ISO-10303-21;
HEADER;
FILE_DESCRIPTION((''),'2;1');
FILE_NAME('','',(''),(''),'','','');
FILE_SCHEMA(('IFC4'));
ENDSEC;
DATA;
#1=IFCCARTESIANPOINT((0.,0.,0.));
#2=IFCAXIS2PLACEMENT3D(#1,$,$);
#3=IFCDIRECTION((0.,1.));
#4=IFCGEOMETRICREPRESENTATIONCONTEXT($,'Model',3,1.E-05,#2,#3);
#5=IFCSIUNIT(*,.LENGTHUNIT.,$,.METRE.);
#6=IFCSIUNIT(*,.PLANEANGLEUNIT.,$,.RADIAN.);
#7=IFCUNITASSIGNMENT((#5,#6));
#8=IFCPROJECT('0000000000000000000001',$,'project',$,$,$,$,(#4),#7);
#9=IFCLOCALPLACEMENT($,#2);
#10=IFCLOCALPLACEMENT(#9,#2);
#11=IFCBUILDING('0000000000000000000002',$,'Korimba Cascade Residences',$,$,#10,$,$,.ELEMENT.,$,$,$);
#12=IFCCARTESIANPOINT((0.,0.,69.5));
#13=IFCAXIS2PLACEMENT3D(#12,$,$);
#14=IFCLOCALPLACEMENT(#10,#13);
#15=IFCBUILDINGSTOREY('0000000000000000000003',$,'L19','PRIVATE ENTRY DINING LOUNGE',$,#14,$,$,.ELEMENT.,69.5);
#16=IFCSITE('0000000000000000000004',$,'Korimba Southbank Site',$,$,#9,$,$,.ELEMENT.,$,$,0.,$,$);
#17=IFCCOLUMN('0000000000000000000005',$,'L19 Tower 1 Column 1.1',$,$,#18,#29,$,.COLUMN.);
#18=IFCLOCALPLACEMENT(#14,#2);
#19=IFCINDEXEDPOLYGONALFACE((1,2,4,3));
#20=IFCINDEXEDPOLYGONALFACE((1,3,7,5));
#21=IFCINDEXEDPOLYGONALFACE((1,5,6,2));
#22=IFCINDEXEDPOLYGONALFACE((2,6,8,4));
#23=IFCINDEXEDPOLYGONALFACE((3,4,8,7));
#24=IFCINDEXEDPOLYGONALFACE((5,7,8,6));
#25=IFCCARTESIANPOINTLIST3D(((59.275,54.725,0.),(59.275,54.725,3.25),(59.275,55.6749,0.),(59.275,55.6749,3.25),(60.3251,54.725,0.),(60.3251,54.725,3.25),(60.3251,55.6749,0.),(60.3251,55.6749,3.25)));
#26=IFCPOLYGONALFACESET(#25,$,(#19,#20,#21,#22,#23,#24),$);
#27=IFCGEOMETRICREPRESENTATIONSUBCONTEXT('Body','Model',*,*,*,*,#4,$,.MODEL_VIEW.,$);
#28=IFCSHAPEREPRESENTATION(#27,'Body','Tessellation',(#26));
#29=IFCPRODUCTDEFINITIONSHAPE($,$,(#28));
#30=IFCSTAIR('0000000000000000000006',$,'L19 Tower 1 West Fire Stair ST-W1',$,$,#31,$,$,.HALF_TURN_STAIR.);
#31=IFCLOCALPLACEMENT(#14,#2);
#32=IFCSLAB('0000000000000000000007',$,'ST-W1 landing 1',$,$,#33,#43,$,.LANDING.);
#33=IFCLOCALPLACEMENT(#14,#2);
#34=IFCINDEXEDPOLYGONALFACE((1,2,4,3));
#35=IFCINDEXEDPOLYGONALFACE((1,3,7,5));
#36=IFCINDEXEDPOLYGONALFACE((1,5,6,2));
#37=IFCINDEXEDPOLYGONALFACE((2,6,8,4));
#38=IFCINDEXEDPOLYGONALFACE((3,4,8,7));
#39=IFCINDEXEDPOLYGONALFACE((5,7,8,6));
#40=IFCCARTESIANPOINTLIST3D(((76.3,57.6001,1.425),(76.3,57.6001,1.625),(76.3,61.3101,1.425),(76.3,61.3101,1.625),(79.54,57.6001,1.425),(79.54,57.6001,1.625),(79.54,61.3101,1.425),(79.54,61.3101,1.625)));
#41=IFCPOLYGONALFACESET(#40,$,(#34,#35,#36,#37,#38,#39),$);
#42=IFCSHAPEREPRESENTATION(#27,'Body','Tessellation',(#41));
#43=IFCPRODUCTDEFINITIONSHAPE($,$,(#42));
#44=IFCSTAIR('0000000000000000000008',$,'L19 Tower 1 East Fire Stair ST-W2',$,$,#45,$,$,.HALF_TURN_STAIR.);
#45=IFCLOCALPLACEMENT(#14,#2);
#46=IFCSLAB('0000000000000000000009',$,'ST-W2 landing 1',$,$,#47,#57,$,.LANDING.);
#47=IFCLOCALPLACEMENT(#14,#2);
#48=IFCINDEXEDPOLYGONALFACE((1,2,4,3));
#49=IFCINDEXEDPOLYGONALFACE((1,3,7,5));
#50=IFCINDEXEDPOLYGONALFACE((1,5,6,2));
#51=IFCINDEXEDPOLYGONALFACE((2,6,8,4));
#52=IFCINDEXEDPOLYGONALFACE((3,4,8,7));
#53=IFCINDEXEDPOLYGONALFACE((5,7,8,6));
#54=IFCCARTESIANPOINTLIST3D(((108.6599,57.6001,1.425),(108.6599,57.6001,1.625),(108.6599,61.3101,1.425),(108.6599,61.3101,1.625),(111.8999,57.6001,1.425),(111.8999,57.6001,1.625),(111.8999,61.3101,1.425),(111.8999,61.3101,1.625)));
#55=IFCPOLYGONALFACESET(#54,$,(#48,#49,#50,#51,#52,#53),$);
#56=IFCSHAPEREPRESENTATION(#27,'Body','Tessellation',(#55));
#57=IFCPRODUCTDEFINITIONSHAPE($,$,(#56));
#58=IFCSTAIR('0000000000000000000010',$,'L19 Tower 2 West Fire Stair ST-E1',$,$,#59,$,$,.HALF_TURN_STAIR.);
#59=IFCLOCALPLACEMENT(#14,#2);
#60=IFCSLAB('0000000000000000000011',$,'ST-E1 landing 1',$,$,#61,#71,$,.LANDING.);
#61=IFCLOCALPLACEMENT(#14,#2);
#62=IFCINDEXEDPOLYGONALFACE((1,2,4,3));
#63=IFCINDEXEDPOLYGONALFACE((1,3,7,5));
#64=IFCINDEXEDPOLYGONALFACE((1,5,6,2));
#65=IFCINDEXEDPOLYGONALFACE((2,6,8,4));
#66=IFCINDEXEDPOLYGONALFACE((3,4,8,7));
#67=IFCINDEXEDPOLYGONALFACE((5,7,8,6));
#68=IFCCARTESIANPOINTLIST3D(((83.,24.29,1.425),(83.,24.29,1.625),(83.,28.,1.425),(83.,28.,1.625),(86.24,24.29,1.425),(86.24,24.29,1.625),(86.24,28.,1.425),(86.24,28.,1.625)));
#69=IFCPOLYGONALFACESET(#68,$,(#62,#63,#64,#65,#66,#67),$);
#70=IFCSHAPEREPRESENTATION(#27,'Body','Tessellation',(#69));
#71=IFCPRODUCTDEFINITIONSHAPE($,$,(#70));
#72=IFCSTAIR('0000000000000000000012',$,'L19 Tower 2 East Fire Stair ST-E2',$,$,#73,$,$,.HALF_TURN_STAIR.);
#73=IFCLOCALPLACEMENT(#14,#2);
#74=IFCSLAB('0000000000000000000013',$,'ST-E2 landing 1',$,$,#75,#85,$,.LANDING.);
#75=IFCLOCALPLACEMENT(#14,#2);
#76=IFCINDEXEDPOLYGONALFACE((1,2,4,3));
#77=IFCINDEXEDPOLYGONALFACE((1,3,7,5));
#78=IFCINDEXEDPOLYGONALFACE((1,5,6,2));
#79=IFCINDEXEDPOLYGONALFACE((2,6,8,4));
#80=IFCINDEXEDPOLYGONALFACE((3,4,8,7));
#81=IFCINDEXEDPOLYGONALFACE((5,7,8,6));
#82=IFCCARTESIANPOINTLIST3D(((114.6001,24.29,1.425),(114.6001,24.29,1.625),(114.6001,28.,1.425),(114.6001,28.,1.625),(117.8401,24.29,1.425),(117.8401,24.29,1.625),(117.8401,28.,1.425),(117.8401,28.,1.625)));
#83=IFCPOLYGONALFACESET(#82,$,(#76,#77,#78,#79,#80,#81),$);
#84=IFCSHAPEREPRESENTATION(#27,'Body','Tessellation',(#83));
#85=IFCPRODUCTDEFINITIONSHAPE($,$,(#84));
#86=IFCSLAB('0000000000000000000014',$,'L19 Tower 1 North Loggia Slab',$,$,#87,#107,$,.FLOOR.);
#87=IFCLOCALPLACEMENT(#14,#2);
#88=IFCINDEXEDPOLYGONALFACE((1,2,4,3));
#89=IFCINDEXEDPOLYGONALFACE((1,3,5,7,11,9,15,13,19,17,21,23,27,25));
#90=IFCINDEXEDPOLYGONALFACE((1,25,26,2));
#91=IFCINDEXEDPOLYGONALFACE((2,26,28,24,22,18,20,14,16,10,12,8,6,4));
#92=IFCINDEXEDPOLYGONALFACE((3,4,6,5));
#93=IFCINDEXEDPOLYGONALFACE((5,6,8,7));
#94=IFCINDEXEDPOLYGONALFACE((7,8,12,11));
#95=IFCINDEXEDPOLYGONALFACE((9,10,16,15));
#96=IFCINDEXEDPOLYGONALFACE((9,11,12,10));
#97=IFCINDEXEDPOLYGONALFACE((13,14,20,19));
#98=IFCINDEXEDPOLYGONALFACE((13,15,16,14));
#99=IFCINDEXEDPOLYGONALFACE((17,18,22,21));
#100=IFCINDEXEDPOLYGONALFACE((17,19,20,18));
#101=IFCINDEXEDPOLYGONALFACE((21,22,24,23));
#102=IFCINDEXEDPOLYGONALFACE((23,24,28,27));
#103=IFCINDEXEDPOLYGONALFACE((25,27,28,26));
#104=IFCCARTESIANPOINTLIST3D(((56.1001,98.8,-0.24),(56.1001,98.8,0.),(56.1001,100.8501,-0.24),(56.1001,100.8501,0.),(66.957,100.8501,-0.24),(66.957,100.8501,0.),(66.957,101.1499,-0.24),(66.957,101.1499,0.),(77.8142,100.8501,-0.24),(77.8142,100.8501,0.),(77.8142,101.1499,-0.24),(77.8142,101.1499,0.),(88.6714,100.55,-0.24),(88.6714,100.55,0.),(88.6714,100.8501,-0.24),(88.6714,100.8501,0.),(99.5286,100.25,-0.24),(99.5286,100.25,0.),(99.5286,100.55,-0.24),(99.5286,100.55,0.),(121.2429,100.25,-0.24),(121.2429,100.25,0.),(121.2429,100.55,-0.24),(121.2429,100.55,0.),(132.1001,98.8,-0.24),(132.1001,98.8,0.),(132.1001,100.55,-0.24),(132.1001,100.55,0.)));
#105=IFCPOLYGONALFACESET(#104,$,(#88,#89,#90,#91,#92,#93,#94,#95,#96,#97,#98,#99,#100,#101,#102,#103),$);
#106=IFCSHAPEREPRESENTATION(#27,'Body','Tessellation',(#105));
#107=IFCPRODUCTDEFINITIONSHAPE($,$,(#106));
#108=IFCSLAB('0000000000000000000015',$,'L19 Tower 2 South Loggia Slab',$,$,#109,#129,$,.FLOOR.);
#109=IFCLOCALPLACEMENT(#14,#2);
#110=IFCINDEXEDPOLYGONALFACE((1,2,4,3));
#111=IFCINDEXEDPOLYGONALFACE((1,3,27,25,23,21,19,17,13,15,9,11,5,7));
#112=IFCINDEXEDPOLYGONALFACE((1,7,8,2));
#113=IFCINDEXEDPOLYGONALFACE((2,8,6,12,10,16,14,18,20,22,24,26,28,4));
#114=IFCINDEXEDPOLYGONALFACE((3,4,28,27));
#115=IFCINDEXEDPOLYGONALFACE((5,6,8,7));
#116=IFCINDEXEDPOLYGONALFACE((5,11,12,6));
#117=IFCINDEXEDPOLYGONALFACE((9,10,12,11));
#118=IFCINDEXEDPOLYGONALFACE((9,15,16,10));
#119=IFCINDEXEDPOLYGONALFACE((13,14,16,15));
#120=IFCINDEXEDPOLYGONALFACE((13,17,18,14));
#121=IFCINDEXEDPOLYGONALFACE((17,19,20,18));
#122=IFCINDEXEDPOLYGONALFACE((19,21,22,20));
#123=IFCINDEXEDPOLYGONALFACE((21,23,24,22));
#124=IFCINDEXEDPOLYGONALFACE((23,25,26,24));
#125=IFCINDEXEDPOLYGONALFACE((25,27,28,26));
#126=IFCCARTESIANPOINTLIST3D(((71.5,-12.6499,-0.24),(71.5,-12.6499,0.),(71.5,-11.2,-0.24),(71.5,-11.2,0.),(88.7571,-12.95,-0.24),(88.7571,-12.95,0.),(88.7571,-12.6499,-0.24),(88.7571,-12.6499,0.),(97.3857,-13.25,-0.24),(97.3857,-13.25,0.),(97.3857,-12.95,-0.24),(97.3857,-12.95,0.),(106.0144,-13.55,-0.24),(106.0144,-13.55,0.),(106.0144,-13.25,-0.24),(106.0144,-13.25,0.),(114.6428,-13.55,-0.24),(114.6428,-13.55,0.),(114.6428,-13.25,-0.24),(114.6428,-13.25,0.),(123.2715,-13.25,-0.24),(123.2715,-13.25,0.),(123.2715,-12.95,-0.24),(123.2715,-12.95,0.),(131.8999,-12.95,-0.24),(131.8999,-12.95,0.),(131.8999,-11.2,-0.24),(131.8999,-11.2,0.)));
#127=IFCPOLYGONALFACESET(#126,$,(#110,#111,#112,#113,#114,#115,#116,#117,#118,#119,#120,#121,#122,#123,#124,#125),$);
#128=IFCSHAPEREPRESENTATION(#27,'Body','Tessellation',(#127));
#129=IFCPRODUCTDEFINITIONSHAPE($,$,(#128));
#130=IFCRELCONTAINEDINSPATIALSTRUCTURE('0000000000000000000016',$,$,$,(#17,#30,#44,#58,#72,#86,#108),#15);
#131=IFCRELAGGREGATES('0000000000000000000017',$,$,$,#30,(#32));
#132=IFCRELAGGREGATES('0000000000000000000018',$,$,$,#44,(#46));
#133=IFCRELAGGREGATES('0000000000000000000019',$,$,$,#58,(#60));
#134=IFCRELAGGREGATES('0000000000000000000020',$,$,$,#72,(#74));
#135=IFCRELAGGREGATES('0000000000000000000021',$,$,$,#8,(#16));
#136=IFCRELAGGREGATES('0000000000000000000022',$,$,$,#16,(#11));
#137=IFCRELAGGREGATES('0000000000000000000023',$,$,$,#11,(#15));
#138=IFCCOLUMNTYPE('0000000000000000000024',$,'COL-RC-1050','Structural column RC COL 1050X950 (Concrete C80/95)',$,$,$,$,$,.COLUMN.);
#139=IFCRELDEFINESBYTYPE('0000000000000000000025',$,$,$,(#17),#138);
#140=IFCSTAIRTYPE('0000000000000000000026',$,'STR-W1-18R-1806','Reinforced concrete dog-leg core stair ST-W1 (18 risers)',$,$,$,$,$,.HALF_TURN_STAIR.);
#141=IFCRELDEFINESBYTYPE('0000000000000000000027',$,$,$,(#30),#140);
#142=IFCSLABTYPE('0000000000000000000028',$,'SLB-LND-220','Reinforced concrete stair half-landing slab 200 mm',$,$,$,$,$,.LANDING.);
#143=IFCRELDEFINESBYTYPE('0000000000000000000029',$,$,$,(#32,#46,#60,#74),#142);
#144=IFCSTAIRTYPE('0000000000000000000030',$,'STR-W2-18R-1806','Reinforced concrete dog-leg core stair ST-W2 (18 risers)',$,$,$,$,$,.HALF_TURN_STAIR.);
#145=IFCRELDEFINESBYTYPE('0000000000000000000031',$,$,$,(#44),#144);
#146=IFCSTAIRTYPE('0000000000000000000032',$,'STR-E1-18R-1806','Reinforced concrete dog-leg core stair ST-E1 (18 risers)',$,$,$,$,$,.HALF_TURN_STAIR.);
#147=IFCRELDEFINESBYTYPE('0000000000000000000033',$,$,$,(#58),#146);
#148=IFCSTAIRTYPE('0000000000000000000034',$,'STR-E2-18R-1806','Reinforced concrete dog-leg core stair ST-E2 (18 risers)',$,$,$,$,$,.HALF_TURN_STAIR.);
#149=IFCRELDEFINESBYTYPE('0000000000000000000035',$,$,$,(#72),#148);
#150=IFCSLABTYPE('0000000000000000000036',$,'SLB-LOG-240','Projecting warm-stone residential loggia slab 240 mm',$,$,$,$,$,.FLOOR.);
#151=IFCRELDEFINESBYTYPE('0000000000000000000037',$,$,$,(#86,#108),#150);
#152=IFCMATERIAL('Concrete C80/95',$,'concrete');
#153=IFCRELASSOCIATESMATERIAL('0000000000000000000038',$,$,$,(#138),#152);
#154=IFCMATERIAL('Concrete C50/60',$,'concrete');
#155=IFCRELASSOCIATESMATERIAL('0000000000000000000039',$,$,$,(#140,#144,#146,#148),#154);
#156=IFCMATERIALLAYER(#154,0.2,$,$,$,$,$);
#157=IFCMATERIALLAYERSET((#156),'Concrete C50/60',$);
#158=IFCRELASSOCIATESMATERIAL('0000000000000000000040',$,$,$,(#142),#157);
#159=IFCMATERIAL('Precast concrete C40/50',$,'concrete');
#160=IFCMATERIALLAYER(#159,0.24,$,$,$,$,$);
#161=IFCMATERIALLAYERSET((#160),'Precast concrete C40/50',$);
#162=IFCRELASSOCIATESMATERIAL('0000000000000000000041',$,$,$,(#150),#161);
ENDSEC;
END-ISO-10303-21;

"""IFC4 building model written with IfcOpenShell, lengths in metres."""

from ifc_helpers import new_model, si_unit, direction, frame, origin, origin_2d, place, context, subcontext, project, spatial, polyline, rectangle, outline, extrude, material, layer, layer_set, material_profile, profile_set, type_object, element, aggregate, save


model = new_model("IFC4")

# Units and contexts
model_context = context("Model", 3, precision=1e-05, world=origin(), true_north=direction((0.0, 1.0)))
body_context = subcontext(model_context, "Body", "Model", "MODEL_VIEW")
ifc_project = project(units=[si_unit("LENGTHUNIT", "METRE"), si_unit("PLANEANGLEUNIT", "RADIAN")], contexts=[model_context])

# Site, building, storey
site_placement = place(None, origin())
site = spatial("IfcSite", under=ifc_project, at=site_placement, Name="Korimba Southbank Site", CompositionType="ELEMENT", RefElevation=0.0)
building_placement = place(site_placement, origin())
building = spatial("IfcBuilding", under=site, at=building_placement, Name="Korimba Cascade Residences", CompositionType="ELEMENT")
storey_placement = place(building_placement, frame((0.0, 0.0, 69.5)))
storey = spatial("IfcBuildingStorey", under=building, at=storey_placement, Name="L19", Description="PRIVATE ENTRY DINING LOUNGE", CompositionType="ELEMENT", Elevation=69.5)

# Column
ifc_material_1 = material(Name="Concrete C80/95", Category="concrete")
ifc_material_profile = material_profile(ifc_material_1, rectangle(XDim=1.05, YDim=0.95, at=origin_2d()), Name="Concrete C80/95")
ifc_profile_set = profile_set([ifc_material_profile], Name="Concrete C80/95")
column_type = type_object("IfcColumnType", Name="COL-RC-1050", Description="Structural column RC COL 1050X950 (Concrete C80/95)", PredefinedType="COLUMN", material=ifc_profile_set)
column_placement = place(storey_placement, frame((59.8, 55.2, 0.0), z_axis=(0.0, 0.0, 1.0), x_axis=(1.0, 0.0, 0.0)))
element("IfcColumn", 1, at=column_placement, inside=storey, type_object=column_type, Name="L19 Tower 1 Column 1.1", PredefinedType="COLUMN", context=body_context, shape_type="SweptSolid", body=[
    extrude(rectangle(XDim=1.05, YDim=0.95, at=origin_2d()), origin(), (0.0, 0.0, 1.0), 3.25),
])

# Stairs, slabs
ifc_material_2 = material(Name="Concrete C50/60", Category="concrete")
stair_type_1 = type_object("IfcStairType", Name="STR-W1-18R-1806", Description="Reinforced concrete dog-leg core stair ST-W1 (18 risers)", PredefinedType="HALF_TURN_STAIR", material=ifc_material_2)
stair_1_placement = place(storey_placement, origin())
stair_1 = element("IfcStair", 2, at=stair_1_placement, inside=storey, type_object=stair_type_1, Name="L19 Tower 1 West Fire Stair ST-W1", PredefinedType="HALF_TURN_STAIR")
ifc_layer_1 = layer(ifc_material_2, 0.2)
ifc_layer_set_1 = layer_set([ifc_layer_1], Name="Concrete C50/60")
slab_type_1 = type_object("IfcSlabType", Name="SLB-LND-220", Description="Reinforced concrete stair half-landing slab 200 mm", PredefinedType="LANDING", material=ifc_layer_set_1)
slab_1_placement = place(storey_placement, frame((0.0, 0.0, 1.425)))
slab_1 = element("IfcSlab", 3, at=slab_1_placement, type_object=slab_type_1, Name="ST-W1 landing 1", PredefinedType="LANDING", context=body_context, shape_type="SweptSolid", body=[
    extrude(outline(polyline([(76.3, 61.3101), (76.3, 57.6001), (79.54, 57.6001), (79.54, 61.3101), (76.3, 61.3101)])), origin(), (0.0, 0.0, 1.0), 0.2),
])
aggregate(stair_1, [slab_1])
stair_type_2 = type_object("IfcStairType", Name="STR-W2-18R-1806", Description="Reinforced concrete dog-leg core stair ST-W2 (18 risers)", PredefinedType="HALF_TURN_STAIR", material=ifc_material_2)
stair_2_placement = place(storey_placement, origin())
stair_2 = element("IfcStair", 4, at=stair_2_placement, inside=storey, type_object=stair_type_2, Name="L19 Tower 1 East Fire Stair ST-W2", PredefinedType="HALF_TURN_STAIR")
slab_2_placement = place(storey_placement, frame((0.0, 0.0, 1.425)))
slab_2 = element("IfcSlab", 5, at=slab_2_placement, type_object=slab_type_1, Name="ST-W2 landing 1", PredefinedType="LANDING", context=body_context, shape_type="SweptSolid", body=[
    extrude(outline(polyline([(108.6599, 61.3101), (108.6599, 57.6001), (111.8999, 57.6001), (111.8999, 61.3101), (108.6599, 61.3101)])), origin(), (0.0, 0.0, 1.0), 0.2),
])
aggregate(stair_2, [slab_2])
stair_type_3 = type_object("IfcStairType", Name="STR-E1-18R-1806", Description="Reinforced concrete dog-leg core stair ST-E1 (18 risers)", PredefinedType="HALF_TURN_STAIR", material=ifc_material_2)
stair_3_placement = place(storey_placement, origin())
stair_3 = element("IfcStair", 6, at=stair_3_placement, inside=storey, type_object=stair_type_3, Name="L19 Tower 2 West Fire Stair ST-E1", PredefinedType="HALF_TURN_STAIR")
slab_3_placement = place(storey_placement, frame((0.0, 0.0, 1.425)))
slab_3 = element("IfcSlab", 7, at=slab_3_placement, type_object=slab_type_1, Name="ST-E1 landing 1", PredefinedType="LANDING", context=body_context, shape_type="SweptSolid", body=[
    extrude(outline(polyline([(86.24, 24.29), (86.24, 28.0), (83.0, 28.0), (83.0, 24.29), (86.24, 24.29)])), origin(), (0.0, 0.0, 1.0), 0.2),
])
aggregate(stair_3, [slab_3])
stair_type_4 = type_object("IfcStairType", Name="STR-E2-18R-1806", Description="Reinforced concrete dog-leg core stair ST-E2 (18 risers)", PredefinedType="HALF_TURN_STAIR", material=ifc_material_2)
stair_4_placement = place(storey_placement, origin())
stair_4 = element("IfcStair", 8, at=stair_4_placement, inside=storey, type_object=stair_type_4, Name="L19 Tower 2 East Fire Stair ST-E2", PredefinedType="HALF_TURN_STAIR")
slab_4_placement = place(storey_placement, frame((0.0, 0.0, 1.425)))
slab_4 = element("IfcSlab", 9, at=slab_4_placement, type_object=slab_type_1, Name="ST-E2 landing 1", PredefinedType="LANDING", context=body_context, shape_type="SweptSolid", body=[
    extrude(outline(polyline([(117.8401, 24.29), (117.8401, 28.0), (114.6001, 28.0), (114.6001, 24.29), (117.8401, 24.29)])), origin(), (0.0, 0.0, 1.0), 0.2),
])
aggregate(stair_4, [slab_4])

# Slabs
ifc_material_3 = material(Name="Precast concrete C40/50", Category="concrete")
ifc_layer_2 = layer(ifc_material_3, 0.24)
ifc_layer_set_2 = layer_set([ifc_layer_2], Name="Precast concrete C40/50")
slab_type_2 = type_object("IfcSlabType", Name="SLB-LOG-240", Description="Projecting warm-stone residential loggia slab 240 mm", PredefinedType="FLOOR", material=ifc_layer_set_2)
slab_5_placement = place(storey_placement, frame((0.0, 0.0, -0.24)))
element("IfcSlab", 10, at=slab_5_placement, inside=storey, type_object=slab_type_2, Name="L19 Tower 1 North Loggia Slab", PredefinedType="FLOOR", context=body_context, shape_type="SweptSolid", body=[
    extrude(outline(polyline([(56.1001, 98.8), (132.1001, 98.8), (132.1001, 100.55), (121.2429, 100.55), (121.2429, 100.25), (99.5286, 100.25), (99.5286, 100.55), (88.6714, 100.55), (88.6714, 100.8501), (77.8142, 100.8501), (77.8142, 101.1499), (66.957, 101.1499), (66.957, 100.8501), (56.1001, 100.8501), (56.1001, 98.8)])), origin(), (0.0, 0.0, 1.0), 0.24),
])
slab_6_placement = place(storey_placement, frame((0.0, 0.0, -0.24)))
element("IfcSlab", 11, at=slab_6_placement, inside=storey, type_object=slab_type_2, Name="L19 Tower 2 South Loggia Slab", PredefinedType="FLOOR", context=body_context, shape_type="SweptSolid", body=[
    extrude(outline(polyline([(71.5, -12.6499), (88.7571, -12.6499), (88.7571, -12.95), (97.3857, -12.95), (97.3857, -13.25), (106.0144, -13.25), (106.0144, -13.55), (114.6428, -13.55), (114.6428, -13.25), (123.2715, -13.25), (123.2715, -12.95), (131.8999, -12.95), (131.8999, -11.2), (71.5, -11.2), (71.5, -12.6499)])), origin(), (0.0, 0.0, 1.0), 0.24),
])

save(model, "model.ifc")
